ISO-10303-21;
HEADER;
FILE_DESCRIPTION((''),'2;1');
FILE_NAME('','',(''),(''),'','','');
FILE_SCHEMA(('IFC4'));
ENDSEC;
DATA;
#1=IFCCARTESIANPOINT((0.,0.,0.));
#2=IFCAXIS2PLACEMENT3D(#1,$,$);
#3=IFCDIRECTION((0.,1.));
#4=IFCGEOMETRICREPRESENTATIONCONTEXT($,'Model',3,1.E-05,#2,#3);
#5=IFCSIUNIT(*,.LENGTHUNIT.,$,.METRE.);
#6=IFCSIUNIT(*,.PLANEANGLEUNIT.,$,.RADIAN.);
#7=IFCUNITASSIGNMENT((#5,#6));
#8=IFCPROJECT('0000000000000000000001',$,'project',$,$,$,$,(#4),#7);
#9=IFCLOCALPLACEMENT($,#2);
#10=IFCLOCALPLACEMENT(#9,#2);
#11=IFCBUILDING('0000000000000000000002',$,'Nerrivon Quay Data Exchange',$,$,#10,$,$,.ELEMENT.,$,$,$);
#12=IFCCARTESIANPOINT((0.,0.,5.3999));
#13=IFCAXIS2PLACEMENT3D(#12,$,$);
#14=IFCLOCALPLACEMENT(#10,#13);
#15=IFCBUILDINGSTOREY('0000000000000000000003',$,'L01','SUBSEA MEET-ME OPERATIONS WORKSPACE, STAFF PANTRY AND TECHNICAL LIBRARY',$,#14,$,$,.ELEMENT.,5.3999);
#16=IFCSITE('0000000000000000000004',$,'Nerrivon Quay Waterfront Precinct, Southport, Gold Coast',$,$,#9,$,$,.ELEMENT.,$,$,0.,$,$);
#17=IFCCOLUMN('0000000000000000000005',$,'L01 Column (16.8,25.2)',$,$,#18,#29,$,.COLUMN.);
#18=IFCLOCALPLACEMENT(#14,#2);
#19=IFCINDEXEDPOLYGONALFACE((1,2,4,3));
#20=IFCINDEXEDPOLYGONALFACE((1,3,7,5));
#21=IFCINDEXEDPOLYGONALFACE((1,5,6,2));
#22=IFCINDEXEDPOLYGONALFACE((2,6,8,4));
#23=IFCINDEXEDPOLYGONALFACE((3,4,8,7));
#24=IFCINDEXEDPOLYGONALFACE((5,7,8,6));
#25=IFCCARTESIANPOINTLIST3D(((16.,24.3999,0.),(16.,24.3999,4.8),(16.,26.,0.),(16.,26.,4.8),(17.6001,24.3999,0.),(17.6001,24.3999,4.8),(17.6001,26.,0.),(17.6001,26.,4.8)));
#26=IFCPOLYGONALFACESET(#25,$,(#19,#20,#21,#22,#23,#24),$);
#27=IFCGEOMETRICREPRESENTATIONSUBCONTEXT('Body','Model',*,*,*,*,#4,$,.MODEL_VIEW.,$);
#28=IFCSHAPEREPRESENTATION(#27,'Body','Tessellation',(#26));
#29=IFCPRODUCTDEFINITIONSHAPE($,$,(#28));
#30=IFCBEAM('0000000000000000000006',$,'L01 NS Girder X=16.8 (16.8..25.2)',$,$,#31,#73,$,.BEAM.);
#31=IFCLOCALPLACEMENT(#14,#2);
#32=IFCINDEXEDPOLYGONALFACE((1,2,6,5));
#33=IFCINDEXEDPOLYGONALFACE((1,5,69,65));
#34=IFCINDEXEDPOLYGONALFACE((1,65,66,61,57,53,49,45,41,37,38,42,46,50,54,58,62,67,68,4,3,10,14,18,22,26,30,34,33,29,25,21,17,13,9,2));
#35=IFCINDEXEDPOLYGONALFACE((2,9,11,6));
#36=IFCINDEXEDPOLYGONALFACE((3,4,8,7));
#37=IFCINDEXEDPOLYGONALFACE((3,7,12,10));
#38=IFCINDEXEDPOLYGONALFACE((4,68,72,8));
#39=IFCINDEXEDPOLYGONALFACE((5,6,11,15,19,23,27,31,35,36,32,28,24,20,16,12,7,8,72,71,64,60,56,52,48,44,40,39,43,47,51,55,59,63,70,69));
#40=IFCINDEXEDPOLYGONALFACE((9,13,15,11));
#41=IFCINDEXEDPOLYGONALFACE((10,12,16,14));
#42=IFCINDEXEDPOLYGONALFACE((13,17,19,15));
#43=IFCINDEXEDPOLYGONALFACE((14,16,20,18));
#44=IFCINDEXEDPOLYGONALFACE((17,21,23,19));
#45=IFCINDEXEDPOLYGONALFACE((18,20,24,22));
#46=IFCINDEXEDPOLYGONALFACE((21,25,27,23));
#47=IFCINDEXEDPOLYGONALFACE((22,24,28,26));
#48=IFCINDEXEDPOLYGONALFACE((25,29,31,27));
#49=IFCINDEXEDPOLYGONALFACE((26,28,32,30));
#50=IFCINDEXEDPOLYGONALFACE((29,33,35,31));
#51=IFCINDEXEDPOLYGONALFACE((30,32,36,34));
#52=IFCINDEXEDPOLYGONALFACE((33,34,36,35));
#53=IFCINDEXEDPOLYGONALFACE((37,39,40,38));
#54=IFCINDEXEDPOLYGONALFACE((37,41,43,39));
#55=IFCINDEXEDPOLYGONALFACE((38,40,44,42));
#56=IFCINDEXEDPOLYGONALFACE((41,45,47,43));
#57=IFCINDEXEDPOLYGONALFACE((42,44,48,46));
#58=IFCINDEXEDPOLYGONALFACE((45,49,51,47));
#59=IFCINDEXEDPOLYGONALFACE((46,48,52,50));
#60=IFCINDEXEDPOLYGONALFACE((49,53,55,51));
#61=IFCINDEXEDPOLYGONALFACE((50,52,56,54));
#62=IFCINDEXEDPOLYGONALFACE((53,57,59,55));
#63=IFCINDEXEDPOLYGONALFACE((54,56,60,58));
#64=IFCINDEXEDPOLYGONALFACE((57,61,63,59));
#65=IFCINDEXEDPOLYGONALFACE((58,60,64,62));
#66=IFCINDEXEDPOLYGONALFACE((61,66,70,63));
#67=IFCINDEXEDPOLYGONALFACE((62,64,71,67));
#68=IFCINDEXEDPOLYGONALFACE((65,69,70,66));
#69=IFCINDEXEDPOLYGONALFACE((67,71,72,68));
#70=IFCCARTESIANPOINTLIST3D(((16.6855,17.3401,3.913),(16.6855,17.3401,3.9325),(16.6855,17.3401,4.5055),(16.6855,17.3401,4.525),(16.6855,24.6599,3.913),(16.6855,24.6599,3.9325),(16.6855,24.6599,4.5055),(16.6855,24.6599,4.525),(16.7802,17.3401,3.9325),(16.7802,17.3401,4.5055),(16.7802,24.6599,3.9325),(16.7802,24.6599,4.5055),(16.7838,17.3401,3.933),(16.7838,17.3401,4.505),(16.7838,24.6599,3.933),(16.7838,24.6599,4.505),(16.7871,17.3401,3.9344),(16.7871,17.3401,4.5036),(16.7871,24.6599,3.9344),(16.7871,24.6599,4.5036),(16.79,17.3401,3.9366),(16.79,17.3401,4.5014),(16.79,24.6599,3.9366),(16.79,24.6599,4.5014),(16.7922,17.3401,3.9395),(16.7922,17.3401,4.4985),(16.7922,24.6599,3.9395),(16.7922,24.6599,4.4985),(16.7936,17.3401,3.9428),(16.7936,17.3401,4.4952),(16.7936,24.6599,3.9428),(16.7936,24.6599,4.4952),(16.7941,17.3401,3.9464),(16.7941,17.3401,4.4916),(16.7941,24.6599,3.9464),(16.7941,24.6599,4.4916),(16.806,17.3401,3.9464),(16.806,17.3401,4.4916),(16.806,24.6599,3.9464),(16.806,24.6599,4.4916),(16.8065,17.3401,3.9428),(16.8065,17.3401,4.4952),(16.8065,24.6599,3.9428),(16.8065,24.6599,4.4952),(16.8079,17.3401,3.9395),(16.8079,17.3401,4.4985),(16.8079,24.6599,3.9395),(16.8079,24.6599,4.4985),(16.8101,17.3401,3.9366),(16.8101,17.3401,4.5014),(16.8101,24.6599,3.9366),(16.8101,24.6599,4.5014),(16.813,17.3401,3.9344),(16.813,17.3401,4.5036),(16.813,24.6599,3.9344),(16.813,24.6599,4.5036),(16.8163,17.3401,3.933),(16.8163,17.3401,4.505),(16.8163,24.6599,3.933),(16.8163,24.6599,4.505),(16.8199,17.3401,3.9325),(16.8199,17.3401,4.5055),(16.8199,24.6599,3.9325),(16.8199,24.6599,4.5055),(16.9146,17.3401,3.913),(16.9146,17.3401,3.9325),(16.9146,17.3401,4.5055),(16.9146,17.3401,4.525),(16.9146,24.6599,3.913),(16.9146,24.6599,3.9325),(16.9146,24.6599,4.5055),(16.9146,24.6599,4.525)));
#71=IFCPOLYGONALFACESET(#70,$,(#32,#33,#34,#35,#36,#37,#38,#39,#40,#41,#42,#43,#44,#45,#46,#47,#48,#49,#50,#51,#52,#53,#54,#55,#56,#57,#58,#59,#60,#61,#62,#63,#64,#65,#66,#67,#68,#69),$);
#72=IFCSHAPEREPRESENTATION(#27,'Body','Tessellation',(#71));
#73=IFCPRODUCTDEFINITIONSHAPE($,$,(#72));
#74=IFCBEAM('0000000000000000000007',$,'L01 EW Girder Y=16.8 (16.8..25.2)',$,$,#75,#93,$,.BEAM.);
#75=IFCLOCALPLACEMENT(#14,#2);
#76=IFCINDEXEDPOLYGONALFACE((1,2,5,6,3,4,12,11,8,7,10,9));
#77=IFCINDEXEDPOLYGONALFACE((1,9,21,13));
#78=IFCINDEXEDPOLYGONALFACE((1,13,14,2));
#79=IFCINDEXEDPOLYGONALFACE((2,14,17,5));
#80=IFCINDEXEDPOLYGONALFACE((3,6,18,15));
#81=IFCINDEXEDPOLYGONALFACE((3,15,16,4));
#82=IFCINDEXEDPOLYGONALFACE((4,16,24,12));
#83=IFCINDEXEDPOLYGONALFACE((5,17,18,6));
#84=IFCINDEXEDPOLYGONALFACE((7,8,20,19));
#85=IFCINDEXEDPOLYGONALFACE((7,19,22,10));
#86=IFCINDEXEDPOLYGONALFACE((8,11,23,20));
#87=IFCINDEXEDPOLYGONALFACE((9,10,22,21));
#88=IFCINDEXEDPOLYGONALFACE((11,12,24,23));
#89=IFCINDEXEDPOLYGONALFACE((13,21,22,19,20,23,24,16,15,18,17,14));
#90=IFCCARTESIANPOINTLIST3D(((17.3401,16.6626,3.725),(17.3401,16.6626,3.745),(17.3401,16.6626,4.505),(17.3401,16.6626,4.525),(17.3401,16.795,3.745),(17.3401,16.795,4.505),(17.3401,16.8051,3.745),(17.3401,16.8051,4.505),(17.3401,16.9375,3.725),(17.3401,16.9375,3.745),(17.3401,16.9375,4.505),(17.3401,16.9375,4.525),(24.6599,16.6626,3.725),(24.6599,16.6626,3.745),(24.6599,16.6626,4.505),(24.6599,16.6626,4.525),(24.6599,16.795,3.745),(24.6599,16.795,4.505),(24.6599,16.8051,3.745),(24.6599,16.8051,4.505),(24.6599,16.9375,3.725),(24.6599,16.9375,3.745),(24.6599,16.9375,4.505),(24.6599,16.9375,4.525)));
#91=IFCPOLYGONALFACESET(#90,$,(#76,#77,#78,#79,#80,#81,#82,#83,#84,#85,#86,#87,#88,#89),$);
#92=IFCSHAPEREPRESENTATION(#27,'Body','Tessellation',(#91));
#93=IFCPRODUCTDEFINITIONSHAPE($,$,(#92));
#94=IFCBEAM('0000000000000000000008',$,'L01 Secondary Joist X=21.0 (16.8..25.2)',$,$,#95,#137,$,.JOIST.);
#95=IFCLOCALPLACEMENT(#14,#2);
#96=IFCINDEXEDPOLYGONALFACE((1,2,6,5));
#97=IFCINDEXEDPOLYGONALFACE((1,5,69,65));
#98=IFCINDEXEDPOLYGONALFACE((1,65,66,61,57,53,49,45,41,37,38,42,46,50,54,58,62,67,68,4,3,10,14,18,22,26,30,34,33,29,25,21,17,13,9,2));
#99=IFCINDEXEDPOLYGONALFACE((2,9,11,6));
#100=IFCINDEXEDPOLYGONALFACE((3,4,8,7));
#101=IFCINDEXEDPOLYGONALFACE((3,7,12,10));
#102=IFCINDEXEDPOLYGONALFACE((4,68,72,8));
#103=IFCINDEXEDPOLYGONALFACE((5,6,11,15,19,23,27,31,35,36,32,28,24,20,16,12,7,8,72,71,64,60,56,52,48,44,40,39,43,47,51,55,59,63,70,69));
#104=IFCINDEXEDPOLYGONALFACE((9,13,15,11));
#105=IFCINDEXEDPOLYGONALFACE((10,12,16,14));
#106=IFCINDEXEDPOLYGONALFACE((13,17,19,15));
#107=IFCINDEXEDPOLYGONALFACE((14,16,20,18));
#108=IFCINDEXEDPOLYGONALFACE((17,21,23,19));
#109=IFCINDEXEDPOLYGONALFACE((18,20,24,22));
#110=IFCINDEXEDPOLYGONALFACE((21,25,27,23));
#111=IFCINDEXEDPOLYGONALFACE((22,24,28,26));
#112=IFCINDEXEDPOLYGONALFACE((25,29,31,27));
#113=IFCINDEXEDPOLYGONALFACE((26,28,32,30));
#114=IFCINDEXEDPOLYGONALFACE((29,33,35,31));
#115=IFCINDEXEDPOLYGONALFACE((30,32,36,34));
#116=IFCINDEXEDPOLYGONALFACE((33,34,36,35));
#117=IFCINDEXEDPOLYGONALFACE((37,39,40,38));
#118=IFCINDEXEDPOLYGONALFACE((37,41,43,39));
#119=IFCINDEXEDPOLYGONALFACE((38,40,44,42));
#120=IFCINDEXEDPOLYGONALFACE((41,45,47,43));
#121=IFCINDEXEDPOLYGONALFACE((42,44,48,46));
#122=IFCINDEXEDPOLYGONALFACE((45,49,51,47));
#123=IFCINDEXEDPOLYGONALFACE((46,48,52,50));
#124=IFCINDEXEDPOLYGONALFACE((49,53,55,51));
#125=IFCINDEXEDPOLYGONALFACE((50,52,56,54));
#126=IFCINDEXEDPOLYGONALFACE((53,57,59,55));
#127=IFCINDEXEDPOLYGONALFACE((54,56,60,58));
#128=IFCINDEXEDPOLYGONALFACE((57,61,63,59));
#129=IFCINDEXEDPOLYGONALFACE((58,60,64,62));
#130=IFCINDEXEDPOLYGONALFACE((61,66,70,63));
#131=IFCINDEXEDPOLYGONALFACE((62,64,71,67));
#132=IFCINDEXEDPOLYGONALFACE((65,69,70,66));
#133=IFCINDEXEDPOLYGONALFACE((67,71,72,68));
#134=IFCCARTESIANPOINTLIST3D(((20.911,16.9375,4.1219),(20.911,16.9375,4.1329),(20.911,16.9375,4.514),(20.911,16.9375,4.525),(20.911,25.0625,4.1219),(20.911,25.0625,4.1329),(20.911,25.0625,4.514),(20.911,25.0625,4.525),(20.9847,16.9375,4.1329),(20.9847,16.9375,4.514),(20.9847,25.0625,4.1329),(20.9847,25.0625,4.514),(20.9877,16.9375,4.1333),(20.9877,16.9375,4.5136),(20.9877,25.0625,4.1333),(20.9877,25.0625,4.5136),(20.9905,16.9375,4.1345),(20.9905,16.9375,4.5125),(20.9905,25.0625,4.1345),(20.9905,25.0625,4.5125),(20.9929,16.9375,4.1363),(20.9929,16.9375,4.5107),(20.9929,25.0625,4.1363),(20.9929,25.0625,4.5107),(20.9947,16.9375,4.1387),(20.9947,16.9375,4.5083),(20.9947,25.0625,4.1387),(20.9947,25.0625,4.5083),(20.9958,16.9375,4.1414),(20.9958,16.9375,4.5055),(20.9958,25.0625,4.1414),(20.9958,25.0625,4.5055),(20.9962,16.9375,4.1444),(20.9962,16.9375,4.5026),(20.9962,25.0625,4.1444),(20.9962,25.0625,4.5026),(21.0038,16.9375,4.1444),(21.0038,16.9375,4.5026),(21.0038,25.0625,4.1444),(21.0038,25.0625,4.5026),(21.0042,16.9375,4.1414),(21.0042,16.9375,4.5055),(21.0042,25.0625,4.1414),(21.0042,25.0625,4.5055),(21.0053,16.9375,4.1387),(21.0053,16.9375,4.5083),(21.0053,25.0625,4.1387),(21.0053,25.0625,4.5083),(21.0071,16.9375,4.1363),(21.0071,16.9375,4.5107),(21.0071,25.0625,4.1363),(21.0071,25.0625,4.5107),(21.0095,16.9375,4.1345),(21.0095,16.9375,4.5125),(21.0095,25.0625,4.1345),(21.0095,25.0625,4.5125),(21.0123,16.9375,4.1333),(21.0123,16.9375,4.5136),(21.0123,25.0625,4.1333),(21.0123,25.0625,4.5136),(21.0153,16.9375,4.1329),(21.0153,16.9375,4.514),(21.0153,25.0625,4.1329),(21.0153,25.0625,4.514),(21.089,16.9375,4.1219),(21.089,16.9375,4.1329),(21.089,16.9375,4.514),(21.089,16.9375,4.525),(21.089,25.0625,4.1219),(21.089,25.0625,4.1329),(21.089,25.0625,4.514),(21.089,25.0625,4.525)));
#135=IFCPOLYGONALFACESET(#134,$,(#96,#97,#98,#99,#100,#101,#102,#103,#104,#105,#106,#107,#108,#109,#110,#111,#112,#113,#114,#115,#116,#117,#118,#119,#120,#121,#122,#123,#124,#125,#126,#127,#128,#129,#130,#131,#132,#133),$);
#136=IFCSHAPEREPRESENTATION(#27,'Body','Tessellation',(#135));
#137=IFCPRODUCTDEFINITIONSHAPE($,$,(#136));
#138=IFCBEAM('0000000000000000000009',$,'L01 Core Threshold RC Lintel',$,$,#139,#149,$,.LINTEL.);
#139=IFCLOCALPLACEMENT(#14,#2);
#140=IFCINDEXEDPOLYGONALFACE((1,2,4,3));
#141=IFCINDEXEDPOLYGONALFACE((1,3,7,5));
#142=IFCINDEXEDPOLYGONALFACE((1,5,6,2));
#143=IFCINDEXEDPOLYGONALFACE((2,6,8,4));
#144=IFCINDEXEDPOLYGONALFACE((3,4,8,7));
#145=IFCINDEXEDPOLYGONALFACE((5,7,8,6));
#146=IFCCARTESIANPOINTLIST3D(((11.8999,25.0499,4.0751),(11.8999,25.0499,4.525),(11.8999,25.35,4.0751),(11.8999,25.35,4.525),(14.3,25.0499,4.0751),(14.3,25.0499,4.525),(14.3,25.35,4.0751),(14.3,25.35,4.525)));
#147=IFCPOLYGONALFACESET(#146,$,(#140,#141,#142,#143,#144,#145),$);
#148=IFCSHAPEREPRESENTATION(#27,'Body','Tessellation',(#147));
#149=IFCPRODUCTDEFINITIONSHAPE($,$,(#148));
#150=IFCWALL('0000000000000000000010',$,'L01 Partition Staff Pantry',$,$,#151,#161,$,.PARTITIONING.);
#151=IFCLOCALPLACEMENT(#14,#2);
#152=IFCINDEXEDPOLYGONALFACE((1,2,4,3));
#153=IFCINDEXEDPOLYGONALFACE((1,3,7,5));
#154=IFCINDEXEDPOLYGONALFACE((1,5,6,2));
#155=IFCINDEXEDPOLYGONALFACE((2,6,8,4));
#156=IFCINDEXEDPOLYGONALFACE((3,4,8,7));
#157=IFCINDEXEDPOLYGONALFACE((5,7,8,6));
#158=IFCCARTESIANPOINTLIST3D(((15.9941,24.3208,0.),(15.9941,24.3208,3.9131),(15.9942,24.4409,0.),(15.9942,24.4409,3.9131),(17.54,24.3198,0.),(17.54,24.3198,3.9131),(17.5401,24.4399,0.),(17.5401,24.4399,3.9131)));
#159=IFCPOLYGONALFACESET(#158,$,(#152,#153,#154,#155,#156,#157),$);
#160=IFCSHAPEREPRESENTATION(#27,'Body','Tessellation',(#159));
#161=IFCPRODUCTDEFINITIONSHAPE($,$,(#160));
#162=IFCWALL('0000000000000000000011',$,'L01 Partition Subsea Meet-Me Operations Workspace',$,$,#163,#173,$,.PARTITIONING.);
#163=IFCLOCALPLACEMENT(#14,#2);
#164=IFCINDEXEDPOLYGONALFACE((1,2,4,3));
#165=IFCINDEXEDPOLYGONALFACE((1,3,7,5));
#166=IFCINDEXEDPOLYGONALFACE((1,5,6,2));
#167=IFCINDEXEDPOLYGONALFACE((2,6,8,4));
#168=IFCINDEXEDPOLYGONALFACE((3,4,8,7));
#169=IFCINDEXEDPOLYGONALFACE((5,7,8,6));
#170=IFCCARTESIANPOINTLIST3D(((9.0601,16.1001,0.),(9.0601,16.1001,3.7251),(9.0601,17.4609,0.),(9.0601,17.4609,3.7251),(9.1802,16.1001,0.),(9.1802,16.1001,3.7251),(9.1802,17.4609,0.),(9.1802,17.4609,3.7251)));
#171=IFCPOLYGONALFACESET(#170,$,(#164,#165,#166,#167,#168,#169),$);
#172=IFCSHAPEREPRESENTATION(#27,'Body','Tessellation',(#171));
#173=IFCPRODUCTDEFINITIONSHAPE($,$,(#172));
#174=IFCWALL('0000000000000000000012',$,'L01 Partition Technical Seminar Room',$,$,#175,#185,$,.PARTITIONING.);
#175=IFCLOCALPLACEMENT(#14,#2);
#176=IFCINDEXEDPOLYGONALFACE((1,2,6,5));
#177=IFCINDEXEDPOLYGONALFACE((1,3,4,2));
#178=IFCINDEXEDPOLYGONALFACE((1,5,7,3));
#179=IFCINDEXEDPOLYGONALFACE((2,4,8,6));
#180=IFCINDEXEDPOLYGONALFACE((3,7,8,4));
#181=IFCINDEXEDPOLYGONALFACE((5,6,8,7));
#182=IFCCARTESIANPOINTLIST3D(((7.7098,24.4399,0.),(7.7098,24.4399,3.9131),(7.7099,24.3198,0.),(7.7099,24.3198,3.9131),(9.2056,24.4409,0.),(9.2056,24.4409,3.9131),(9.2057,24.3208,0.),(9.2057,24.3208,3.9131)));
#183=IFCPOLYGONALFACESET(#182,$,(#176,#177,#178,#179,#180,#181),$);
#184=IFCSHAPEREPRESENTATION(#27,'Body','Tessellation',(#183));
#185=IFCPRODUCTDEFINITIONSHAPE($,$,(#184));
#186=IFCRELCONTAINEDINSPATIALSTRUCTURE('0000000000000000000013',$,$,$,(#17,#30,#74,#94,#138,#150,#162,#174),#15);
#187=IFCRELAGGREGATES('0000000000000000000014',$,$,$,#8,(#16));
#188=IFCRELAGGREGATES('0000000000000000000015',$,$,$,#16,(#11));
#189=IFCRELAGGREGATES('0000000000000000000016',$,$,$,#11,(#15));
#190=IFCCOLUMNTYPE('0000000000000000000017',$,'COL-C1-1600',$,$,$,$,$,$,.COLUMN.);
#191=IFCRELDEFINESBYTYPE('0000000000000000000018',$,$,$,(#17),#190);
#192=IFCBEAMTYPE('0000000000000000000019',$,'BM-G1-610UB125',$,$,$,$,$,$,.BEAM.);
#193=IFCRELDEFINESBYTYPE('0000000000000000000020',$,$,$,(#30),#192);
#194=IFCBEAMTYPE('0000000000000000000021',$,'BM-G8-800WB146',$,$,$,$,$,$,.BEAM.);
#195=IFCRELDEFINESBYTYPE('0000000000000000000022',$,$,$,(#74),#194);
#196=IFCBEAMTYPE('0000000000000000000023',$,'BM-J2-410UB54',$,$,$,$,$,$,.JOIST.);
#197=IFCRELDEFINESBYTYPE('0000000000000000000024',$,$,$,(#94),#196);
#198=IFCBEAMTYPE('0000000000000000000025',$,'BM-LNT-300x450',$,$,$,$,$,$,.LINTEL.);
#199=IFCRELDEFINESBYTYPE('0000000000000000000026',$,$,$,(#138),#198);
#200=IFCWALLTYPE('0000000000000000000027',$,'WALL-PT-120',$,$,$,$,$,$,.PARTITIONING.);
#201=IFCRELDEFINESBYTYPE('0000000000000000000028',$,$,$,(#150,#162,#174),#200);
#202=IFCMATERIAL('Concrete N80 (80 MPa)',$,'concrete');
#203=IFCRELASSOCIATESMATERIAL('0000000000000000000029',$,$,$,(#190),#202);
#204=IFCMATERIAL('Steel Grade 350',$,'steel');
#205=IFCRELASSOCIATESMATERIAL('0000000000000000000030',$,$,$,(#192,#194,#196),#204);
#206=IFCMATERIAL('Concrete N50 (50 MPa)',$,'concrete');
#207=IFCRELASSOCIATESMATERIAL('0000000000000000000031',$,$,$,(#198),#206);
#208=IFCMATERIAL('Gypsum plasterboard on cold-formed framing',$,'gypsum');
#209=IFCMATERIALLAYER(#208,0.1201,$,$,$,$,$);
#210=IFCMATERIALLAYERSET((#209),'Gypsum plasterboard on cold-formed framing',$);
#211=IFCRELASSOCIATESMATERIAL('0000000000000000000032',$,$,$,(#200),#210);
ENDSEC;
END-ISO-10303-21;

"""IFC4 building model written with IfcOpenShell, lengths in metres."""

from ifc_helpers import new_model, si_unit, direction, frame, frame_2d, origin, origin_2d, place, context, subcontext, project, spatial, rectangle, i_section, extrude, material, layer, layer_set, material_profile, profile_set, type_object, element, save


model = new_model("IFC4")

# Units and contexts
model_context = context("Model", 3, precision=1e-05, world=origin(), true_north=direction((0.0, 1.0)))
body_context = subcontext(model_context, "Body", "Model", "MODEL_VIEW")
ifc_project = project(units=[si_unit("LENGTHUNIT", "METRE"), si_unit("PLANEANGLEUNIT", "RADIAN")], contexts=[model_context])

# Site, building, storey
site_placement = place(None, origin())
site = spatial("IfcSite", under=ifc_project, at=site_placement, Name="Nerrivon Quay Waterfront Precinct, Southport, Gold Coast", CompositionType="ELEMENT", RefElevation=0.0)
building_placement = place(site_placement, origin())
building = spatial("IfcBuilding", under=site, at=building_placement, Name="Nerrivon Quay Data Exchange", CompositionType="ELEMENT")
storey_placement = place(building_placement, frame((0.0, 0.0, 5.3999)))
storey = spatial("IfcBuildingStorey", under=building, at=storey_placement, Name="L01", Description="SUBSEA MEET-ME OPERATIONS WORKSPACE, STAFF PANTRY AND TECHNICAL LIBRARY", CompositionType="ELEMENT", Elevation=5.3999)

# Column
ifc_material_1 = material(Name="Concrete N80 (80 MPa)", Category="concrete")
ifc_material_profile_1 = material_profile(ifc_material_1, rectangle(XDim=1.6001, YDim=1.6001, at=origin_2d()), Name="RC-COL-1600x1600")
ifc_profile_set_1 = profile_set([ifc_material_profile_1], Name="Concrete N80 (80 MPa)")
column_type = type_object("IfcColumnType", Name="COL-C1-1600", PredefinedType="COLUMN", material=ifc_profile_set_1)
column_placement = place(storey_placement, frame((16.8, 25.2, 0.0), z_axis=(0.0, 0.0, 1.0), x_axis=(1.0, 0.0, 0.0)))
element("IfcColumn", 1, at=column_placement, inside=storey, type_object=column_type, Name="L01 Column (16.8,25.2)", PredefinedType="COLUMN", context=body_context, shape_type="SweptSolid", body=[
    extrude(rectangle(XDim=1.6001, YDim=1.6001, at=origin_2d()), origin(), (0.0, 0.0, 1.0), 4.8),
])

# Beams
ifc_material_2 = material(Name="Steel Grade 350", Category="steel")
ifc_material_profile_2 = material_profile(ifc_material_2, i_section(OverallWidth=0.229, OverallDepth=0.6121, WebThickness=0.012, FlangeThickness=0.0195, FilletRadius=0.0139, at=origin_2d()), Name="610UB125")
ifc_profile_set_2 = profile_set([ifc_material_profile_2], Name="Steel Grade 350")
beam_type_1 = type_object("IfcBeamType", Name="BM-G1-610UB125", PredefinedType="BEAM", material=ifc_profile_set_2)
beam_1_placement = place(storey_placement, frame((16.8, 17.3401, 4.219), z_axis=(0.0, 1.0, 0.0), x_axis=(-1.0, 0.0, 0.0)))
element("IfcBeam", 2, at=beam_1_placement, inside=storey, type_object=beam_type_1, Name="L01 NS Girder X=16.8 (16.8..25.2)", PredefinedType="BEAM", context=body_context, shape_type="SweptSolid", body=[
    extrude(i_section(OverallWidth=0.229, OverallDepth=0.6121, WebThickness=0.012, FlangeThickness=0.0195, FilletRadius=0.0139, at=origin_2d()), origin(), (0.0, 0.0, 1.0), 7.3198),
])
ifc_material_profile_3 = material_profile(ifc_material_2, i_section(OverallWidth=0.2749, OverallDepth=0.8, WebThickness=0.01, FlangeThickness=0.02, at=origin_2d()), Name="800WB146")
ifc_profile_set_3 = profile_set([ifc_material_profile_3], Name="Steel Grade 350")
beam_type_2 = type_object("IfcBeamType", Name="BM-G8-800WB146", PredefinedType="BEAM", material=ifc_profile_set_3)
beam_2_placement = place(storey_placement, frame((17.3401, 16.8, 4.125), z_axis=(1.0, 0.0, 0.0), x_axis=(0.0, 1.0, 0.0)))
element("IfcBeam", 3, at=beam_2_placement, inside=storey, type_object=beam_type_2, Name="L01 EW Girder Y=16.8 (16.8..25.2)", PredefinedType="BEAM", context=body_context, shape_type="SweptSolid", body=[
    extrude(i_section(OverallWidth=0.2749, OverallDepth=0.8, WebThickness=0.01, FlangeThickness=0.02, at=origin_2d()), origin(), (0.0, 0.0, 1.0), 7.3198),
])
ifc_material_profile_4 = material_profile(ifc_material_2, i_section(OverallWidth=0.178, OverallDepth=0.4031, WebThickness=0.0076, FlangeThickness=0.011, FilletRadius=0.0115, at=origin_2d()), Name="410UB53.7")
ifc_profile_set_4 = profile_set([ifc_material_profile_4], Name="Steel Grade 350")
beam_type_3 = type_object("IfcBeamType", Name="BM-J2-410UB54", PredefinedType="JOIST", material=ifc_profile_set_4)
beam_3_placement = place(storey_placement, frame((21.0, 16.9375, 4.3235), z_axis=(0.0, 1.0, 0.0), x_axis=(-1.0, 0.0, 0.0)))
element("IfcBeam", 4, at=beam_3_placement, inside=storey, type_object=beam_type_3, Name="L01 Secondary Joist X=21.0 (16.8..25.2)", PredefinedType="JOIST", context=body_context, shape_type="SweptSolid", body=[
    extrude(i_section(OverallWidth=0.178, OverallDepth=0.4031, WebThickness=0.0076, FlangeThickness=0.011, FilletRadius=0.0115, at=origin_2d()), origin(), (0.0, 0.0, 1.0), 8.125),
])
ifc_material_3 = material(Name="Concrete N50 (50 MPa)", Category="concrete")
ifc_material_profile_5 = material_profile(ifc_material_3, rectangle(XDim=0.3, YDim=0.45, at=origin_2d()), Name="RC-LNT-300x450")
ifc_profile_set_5 = profile_set([ifc_material_profile_5], Name="Concrete N50 (50 MPa)")
beam_type_4 = type_object("IfcBeamType", Name="BM-LNT-300x450", PredefinedType="LINTEL", material=ifc_profile_set_5)
beam_4_placement = place(storey_placement, frame((11.8999, 25.2, 4.3), z_axis=(1.0, 0.0, 0.0), x_axis=(0.0, 1.0, 0.0)))
element("IfcBeam", 5, at=beam_4_placement, inside=storey, type_object=beam_type_4, Name="L01 Core Threshold RC Lintel", PredefinedType="LINTEL", context=body_context, shape_type="SweptSolid", body=[
    extrude(rectangle(XDim=0.3, YDim=0.45, at=origin_2d()), origin(), (0.0, 0.0, 1.0), 2.4001),
])

# Walls
ifc_material_4 = material(Name="Gypsum plasterboard on cold-formed framing", Category="gypsum")
ifc_layer_1 = layer(ifc_material_4, 0.1201)
ifc_layer_set_1 = layer_set([ifc_layer_1], Name="Gypsum plasterboard on cold-formed framing")
wall_type_1 = type_object("IfcWallType", Name="WALL-PT-120", PredefinedType="PARTITIONING", material=ifc_layer_set_1)
wall_1_placement = place(storey_placement, frame((17.54, 24.3799, 0.0), z_axis=(0.0, 0.0, 1.0), x_axis=(-1.0, 0.000632, 0.0)))
element("IfcWall", 6, at=wall_1_placement, inside=storey, type_object=wall_type_1, Name="L01 Partition Staff Pantry", PredefinedType="PARTITIONING", context=body_context, shape_type="SweptSolid", body=[
    extrude(rectangle(XDim=1.5459, YDim=0.1201, at=frame_2d((0.7729, 0.0))), origin(), (0.0, 0.0, 1.0), 3.9131),
])
wall_2_placement = place(storey_placement, frame((9.1201, 17.4609, 0.0), z_axis=(0.0, 0.0, 1.0), x_axis=(0.0, -1.0, 0.0)))
element("IfcWall", 7, at=wall_2_placement, inside=storey, type_object=wall_type_1, Name="L01 Partition Subsea Meet-Me Operations Workspace", PredefinedType="PARTITIONING", context=body_context, shape_type="SweptSolid", body=[
    extrude(rectangle(XDim=1.3608, YDim=0.1201, at=frame_2d((0.6804, 0.0))), origin(), (0.0, 0.0, 1.0), 3.7251),
])
wall_3_placement = place(storey_placement, frame((9.2058, 24.3809, 0.0), z_axis=(0.0, 0.0, 1.0), x_axis=(-1.0, -0.000653, 0.0)))
element("IfcWall", 8, at=wall_3_placement, inside=storey, type_object=wall_type_1, Name="L01 Partition Technical Seminar Room", PredefinedType="PARTITIONING", context=body_context, shape_type="SweptSolid", body=[
    extrude(rectangle(XDim=1.4958, YDim=0.1201, at=frame_2d((0.748, 0.0))), origin(), (0.0, 0.0, 1.0), 3.9131),
])

save(model, "model.ifc")
